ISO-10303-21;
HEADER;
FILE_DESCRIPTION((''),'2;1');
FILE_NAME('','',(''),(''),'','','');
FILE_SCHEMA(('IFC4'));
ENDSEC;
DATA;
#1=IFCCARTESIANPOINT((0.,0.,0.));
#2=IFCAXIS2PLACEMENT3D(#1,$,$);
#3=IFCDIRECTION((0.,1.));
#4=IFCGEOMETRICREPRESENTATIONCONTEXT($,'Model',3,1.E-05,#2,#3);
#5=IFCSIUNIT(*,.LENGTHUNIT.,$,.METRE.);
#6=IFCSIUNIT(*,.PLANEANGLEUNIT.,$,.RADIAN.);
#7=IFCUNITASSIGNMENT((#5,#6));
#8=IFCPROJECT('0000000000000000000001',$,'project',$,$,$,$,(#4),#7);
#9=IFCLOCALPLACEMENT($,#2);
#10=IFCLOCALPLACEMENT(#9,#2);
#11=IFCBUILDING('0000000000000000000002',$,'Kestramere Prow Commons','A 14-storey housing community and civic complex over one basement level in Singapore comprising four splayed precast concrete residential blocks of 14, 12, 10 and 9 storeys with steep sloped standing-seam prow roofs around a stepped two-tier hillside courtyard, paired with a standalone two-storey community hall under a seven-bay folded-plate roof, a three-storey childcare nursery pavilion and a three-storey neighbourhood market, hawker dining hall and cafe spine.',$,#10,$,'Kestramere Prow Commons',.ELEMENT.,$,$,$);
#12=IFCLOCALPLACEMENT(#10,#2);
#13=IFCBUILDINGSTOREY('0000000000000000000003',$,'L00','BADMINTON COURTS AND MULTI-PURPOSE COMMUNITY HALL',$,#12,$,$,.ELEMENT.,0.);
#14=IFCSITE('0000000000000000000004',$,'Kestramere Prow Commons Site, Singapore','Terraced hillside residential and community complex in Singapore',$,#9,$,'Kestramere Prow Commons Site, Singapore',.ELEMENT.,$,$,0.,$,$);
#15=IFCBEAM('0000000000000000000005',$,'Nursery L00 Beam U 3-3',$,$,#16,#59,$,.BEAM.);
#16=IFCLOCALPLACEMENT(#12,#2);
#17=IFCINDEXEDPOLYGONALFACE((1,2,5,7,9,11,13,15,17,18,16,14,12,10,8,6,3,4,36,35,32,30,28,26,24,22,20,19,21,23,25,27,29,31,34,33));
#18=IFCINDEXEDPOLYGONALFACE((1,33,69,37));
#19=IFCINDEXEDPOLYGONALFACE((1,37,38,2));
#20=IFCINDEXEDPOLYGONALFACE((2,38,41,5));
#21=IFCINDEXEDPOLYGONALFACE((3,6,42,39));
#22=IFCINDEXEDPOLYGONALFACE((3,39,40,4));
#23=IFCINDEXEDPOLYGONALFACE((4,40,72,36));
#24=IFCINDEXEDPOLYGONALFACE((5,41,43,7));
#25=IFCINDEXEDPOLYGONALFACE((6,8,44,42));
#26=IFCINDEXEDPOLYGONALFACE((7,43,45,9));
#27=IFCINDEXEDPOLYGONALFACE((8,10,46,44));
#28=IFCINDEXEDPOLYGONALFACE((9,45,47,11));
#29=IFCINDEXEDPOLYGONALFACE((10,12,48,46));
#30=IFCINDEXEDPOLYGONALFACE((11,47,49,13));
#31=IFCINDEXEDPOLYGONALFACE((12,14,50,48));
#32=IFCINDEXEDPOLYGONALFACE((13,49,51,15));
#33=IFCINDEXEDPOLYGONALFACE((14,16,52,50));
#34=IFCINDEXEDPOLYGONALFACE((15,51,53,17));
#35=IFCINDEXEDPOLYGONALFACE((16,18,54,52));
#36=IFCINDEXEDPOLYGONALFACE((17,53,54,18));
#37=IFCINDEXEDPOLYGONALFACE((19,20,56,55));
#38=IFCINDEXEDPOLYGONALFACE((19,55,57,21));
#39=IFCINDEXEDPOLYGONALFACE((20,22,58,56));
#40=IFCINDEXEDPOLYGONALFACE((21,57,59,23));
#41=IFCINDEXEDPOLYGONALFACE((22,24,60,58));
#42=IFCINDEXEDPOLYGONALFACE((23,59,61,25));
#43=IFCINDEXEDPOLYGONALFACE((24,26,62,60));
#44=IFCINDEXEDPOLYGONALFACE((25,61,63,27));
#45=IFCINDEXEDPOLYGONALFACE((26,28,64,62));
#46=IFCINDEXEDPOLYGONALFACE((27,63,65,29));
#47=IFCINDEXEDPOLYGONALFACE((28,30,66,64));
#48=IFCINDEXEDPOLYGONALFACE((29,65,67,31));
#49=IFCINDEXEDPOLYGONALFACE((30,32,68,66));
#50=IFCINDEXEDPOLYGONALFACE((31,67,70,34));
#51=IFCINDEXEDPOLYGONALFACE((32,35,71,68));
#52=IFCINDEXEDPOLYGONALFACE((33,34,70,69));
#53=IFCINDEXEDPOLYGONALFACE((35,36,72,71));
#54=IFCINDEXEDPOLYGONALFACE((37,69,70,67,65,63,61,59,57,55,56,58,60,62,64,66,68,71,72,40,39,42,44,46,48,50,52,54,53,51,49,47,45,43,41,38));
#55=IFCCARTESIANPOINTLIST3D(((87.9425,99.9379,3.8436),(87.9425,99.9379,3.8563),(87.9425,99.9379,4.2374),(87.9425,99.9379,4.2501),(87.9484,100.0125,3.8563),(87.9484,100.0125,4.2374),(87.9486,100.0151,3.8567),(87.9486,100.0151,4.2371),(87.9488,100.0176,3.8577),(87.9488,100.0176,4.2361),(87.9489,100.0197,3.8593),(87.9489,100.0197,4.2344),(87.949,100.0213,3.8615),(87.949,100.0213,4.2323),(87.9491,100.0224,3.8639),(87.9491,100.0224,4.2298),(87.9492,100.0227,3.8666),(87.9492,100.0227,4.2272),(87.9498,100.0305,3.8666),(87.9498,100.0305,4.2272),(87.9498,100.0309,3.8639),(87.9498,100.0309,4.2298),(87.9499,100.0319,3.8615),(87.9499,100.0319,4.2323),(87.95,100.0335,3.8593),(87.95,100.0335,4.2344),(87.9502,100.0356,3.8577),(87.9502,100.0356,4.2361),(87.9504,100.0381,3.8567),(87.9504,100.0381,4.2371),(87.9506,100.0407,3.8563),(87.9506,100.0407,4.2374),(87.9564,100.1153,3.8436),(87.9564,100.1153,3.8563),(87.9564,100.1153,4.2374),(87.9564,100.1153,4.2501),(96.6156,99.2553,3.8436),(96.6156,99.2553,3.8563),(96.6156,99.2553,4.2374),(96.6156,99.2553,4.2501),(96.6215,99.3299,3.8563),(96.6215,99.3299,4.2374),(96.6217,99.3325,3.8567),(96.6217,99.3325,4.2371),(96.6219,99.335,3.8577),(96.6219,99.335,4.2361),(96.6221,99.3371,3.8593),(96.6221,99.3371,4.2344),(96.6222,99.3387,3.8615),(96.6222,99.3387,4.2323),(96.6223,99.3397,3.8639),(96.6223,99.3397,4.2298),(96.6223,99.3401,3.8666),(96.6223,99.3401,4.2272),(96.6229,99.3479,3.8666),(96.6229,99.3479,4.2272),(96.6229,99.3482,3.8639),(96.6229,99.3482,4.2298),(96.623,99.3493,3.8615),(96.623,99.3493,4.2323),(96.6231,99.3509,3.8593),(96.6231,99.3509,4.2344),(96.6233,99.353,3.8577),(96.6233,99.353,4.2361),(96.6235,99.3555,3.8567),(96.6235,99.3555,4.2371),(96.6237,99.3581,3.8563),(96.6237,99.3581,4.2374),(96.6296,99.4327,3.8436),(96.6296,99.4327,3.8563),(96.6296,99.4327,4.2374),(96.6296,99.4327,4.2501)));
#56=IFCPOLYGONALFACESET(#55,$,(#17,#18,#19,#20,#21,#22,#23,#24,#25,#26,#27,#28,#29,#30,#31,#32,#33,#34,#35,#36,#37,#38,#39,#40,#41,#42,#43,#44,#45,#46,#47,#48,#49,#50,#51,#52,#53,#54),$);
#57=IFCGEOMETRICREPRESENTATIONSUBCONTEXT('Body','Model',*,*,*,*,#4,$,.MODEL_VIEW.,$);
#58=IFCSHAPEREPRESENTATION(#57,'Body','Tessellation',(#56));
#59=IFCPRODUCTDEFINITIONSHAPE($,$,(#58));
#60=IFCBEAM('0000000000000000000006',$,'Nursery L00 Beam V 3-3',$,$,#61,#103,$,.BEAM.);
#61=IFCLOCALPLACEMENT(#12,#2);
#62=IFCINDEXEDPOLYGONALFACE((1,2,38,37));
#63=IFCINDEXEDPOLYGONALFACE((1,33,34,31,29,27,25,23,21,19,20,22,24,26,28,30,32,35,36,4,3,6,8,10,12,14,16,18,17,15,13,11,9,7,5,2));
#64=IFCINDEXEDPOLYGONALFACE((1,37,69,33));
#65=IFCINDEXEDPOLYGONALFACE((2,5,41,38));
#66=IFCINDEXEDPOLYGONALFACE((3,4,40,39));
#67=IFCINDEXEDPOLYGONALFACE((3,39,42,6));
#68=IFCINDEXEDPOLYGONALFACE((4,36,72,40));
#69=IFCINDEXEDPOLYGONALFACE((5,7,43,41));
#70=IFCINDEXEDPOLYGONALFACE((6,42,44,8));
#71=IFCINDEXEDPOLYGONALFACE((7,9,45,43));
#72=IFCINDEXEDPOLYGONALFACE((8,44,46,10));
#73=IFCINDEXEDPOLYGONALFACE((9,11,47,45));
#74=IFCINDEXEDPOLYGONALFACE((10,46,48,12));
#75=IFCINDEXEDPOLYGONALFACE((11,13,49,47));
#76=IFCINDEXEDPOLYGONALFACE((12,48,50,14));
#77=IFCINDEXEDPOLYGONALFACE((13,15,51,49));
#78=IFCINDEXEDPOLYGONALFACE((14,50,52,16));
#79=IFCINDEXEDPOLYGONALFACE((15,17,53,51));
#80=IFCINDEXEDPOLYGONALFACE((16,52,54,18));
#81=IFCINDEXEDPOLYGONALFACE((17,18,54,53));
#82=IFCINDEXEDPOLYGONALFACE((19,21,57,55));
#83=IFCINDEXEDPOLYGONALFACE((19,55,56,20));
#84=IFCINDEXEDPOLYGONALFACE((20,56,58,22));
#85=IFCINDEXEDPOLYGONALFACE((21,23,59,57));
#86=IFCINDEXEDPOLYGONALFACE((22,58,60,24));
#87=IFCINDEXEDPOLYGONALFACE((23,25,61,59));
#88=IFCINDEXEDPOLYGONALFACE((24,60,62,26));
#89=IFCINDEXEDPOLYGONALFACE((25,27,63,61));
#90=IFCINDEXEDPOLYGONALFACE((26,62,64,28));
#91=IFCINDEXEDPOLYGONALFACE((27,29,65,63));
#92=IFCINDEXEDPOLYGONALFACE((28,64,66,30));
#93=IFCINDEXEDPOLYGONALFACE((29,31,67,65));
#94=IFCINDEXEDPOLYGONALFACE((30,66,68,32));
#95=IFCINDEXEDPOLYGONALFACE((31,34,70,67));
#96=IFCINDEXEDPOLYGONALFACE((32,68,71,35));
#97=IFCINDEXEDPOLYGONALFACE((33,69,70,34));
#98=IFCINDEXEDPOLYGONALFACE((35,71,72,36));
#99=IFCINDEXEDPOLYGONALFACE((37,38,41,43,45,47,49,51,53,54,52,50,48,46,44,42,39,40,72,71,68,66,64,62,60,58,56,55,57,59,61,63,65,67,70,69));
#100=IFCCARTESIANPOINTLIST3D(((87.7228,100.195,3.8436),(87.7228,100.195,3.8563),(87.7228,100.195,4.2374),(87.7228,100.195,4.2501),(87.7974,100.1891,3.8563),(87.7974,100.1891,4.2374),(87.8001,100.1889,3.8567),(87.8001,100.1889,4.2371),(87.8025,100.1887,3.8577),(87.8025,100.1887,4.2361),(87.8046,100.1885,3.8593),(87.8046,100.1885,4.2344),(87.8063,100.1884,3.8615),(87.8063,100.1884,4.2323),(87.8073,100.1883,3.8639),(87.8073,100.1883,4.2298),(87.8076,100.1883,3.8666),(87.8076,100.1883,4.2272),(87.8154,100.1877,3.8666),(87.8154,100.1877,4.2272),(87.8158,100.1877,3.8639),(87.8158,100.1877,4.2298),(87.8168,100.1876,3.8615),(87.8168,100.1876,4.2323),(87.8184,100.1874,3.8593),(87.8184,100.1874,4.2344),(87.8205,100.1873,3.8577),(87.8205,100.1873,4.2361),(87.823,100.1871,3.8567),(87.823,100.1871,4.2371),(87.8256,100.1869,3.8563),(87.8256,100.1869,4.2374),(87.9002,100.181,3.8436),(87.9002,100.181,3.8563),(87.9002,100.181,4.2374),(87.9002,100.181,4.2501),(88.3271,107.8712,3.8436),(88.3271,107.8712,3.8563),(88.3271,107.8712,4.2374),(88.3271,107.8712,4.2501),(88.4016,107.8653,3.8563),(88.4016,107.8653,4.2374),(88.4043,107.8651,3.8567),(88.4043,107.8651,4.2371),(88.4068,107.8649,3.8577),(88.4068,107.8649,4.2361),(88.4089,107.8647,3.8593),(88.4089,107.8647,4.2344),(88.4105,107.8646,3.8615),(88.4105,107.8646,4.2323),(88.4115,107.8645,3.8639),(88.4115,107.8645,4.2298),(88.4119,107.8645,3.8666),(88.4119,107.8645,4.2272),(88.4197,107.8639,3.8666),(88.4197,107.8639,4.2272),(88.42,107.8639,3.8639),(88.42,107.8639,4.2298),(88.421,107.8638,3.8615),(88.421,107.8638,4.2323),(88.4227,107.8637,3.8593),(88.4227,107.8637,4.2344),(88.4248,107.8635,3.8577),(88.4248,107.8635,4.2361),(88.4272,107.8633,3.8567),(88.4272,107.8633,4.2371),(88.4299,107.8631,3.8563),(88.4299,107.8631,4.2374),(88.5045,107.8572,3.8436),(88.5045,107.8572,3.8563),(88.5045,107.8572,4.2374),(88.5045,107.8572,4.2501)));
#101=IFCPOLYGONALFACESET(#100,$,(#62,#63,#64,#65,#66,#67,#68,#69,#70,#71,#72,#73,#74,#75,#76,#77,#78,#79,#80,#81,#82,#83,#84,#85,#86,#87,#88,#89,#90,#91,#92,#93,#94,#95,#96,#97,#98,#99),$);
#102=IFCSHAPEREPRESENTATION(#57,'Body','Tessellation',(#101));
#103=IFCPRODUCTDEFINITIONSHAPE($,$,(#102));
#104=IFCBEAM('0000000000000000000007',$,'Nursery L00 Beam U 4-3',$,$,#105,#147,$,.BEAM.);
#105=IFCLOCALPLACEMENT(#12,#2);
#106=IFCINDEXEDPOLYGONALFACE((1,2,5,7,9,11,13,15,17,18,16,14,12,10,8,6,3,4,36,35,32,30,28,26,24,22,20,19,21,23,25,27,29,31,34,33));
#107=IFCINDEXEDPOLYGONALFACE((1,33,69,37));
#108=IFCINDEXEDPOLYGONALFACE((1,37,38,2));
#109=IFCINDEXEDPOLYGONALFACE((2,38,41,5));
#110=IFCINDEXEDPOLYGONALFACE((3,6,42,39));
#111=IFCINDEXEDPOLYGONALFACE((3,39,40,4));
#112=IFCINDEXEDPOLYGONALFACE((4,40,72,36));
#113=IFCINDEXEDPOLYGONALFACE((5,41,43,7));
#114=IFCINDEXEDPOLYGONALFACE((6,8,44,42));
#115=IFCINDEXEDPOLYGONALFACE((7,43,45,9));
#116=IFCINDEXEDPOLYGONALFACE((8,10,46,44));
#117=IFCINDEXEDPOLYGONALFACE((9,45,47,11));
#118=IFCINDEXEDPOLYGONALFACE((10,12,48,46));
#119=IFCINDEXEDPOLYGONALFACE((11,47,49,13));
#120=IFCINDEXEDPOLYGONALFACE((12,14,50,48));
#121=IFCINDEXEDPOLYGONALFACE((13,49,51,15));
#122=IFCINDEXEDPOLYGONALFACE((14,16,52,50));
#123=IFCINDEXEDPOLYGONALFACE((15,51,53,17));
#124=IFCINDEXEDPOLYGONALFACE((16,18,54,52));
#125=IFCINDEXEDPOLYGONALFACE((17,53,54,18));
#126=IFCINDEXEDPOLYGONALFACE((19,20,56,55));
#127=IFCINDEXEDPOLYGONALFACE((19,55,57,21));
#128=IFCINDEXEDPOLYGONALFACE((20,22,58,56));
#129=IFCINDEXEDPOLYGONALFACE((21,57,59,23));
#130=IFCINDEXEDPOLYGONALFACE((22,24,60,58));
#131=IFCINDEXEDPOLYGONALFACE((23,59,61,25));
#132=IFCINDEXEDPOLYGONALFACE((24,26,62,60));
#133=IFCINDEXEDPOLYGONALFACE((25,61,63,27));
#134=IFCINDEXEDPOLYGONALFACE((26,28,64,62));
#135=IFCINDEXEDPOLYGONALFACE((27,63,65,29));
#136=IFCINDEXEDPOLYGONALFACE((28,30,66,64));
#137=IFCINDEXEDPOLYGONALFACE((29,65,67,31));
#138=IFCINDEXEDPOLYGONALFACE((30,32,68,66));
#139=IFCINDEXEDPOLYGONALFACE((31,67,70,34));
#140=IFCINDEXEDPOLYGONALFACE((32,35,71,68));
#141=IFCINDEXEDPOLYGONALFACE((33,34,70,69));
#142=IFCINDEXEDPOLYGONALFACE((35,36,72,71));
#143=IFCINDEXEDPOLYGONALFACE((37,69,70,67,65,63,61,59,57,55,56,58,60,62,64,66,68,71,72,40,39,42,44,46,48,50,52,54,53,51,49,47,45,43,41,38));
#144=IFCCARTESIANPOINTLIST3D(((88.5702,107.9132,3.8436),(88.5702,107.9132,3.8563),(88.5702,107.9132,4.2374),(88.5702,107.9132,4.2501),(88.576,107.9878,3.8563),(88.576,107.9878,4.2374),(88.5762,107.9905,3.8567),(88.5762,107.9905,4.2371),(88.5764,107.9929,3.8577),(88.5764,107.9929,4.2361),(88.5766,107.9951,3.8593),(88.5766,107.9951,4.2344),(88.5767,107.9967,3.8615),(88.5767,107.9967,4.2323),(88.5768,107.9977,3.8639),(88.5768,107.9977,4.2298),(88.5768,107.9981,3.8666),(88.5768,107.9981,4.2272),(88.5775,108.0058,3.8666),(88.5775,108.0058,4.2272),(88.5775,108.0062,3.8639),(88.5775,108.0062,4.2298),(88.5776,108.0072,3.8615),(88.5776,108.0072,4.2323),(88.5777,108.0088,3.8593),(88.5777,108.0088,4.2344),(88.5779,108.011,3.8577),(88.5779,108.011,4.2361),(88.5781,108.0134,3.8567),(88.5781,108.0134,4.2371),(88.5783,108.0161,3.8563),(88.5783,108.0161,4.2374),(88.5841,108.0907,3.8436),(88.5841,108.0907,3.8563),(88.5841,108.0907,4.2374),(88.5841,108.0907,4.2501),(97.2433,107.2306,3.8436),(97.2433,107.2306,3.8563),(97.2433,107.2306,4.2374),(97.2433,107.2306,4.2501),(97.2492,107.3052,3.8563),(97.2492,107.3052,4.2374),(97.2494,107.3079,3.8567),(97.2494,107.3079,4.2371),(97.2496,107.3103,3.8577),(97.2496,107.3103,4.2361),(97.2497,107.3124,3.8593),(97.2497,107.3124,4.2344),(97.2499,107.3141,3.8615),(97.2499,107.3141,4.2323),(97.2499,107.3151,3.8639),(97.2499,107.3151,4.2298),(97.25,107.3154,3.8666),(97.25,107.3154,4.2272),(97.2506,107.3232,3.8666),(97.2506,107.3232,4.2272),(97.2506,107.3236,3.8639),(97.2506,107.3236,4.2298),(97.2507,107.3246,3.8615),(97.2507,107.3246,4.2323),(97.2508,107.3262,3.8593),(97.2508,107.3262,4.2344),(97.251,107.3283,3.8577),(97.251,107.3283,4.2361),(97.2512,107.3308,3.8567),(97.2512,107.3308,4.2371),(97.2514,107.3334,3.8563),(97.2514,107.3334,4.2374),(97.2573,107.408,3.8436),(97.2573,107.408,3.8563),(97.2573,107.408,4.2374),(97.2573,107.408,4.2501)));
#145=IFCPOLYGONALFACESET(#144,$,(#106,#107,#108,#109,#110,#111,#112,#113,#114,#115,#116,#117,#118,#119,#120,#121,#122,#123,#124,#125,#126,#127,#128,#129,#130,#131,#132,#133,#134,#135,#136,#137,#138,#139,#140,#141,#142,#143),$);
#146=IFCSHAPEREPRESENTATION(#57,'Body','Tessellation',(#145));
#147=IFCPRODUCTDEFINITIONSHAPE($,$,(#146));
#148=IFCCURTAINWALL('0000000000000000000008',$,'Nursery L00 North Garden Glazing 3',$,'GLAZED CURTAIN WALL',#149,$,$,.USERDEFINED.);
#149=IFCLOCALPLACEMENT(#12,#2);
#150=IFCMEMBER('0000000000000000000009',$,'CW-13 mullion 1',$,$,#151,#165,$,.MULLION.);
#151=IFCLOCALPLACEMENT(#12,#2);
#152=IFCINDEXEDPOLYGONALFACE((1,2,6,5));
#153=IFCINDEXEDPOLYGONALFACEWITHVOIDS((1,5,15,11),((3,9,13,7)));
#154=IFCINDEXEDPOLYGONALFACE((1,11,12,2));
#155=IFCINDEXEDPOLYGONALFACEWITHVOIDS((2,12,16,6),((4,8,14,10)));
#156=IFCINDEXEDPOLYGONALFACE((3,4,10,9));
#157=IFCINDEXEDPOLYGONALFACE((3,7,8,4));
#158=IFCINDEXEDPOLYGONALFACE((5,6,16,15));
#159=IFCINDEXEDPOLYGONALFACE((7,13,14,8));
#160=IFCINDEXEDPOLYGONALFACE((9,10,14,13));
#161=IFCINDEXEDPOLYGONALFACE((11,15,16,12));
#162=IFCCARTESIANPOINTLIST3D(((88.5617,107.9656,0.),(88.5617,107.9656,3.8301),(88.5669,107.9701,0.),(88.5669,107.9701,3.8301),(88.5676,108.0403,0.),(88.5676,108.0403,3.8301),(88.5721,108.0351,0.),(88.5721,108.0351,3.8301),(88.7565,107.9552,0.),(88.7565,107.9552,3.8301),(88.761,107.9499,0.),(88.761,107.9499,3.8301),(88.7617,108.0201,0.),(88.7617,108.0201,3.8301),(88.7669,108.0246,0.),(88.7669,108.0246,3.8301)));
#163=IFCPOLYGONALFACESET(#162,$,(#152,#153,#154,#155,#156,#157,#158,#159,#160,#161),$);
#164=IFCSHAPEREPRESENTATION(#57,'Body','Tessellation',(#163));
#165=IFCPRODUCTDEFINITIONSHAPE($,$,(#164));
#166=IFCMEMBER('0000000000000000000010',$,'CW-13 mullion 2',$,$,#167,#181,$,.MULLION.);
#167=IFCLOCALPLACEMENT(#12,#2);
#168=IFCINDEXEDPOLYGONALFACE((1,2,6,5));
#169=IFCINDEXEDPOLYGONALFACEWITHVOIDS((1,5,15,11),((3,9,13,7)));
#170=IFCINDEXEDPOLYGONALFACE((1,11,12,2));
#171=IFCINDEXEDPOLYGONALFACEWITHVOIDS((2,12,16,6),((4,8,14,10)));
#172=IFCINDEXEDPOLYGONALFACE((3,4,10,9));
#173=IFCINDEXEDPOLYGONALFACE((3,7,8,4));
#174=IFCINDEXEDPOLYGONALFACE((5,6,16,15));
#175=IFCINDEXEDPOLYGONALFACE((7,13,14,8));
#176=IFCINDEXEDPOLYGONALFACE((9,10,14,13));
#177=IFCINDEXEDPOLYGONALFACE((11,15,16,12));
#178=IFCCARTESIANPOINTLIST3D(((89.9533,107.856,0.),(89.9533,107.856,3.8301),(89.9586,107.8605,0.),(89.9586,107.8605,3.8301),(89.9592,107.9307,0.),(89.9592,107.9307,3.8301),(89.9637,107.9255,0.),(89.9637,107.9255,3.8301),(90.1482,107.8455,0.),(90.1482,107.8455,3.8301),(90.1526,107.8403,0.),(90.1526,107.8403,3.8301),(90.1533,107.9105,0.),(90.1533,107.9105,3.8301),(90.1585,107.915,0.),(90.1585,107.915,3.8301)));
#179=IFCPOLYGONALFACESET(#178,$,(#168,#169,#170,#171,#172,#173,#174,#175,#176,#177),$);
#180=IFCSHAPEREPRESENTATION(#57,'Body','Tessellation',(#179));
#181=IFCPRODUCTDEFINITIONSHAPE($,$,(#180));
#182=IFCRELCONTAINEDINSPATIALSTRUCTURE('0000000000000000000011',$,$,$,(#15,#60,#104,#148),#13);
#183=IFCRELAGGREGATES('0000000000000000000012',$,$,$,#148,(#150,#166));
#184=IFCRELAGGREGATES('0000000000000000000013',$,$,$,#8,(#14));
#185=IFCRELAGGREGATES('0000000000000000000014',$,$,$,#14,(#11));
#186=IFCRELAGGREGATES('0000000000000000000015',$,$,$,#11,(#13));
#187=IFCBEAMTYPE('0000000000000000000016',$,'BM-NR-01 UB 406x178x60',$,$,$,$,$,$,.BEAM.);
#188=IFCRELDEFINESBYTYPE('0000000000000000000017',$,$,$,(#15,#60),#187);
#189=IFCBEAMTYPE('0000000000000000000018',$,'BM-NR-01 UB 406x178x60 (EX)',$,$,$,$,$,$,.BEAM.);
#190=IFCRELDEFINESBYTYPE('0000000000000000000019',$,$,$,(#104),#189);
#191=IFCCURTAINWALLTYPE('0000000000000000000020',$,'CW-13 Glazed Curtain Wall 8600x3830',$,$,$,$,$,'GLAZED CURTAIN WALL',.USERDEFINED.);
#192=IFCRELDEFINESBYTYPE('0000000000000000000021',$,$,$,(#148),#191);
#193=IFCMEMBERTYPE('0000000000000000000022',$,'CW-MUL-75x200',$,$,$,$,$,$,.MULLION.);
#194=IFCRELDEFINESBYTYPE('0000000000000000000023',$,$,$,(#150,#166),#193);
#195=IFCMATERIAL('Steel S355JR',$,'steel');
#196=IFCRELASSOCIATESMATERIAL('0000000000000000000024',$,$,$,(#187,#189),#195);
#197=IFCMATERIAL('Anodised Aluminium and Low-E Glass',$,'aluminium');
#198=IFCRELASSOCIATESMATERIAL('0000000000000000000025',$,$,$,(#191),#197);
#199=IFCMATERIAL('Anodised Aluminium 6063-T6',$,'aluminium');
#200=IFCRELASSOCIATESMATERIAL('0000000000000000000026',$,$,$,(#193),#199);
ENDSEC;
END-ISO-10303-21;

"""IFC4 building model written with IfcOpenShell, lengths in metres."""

from ifc_helpers import new_model, si_unit, direction, frame, origin, origin_2d, place, context, subcontext, project, spatial, hollow_rectangle, i_section, extrude, material, material_profile, profile_set, type_object, element, aggregate, save


model = new_model("IFC4")

# Units and contexts
model_context = context("Model", 3, precision=1e-05, world=origin(), true_north=direction((0.0, 1.0)))
body_context = subcontext(model_context, "Body", "Model", "MODEL_VIEW")
ifc_project = project(units=[si_unit("LENGTHUNIT", "METRE"), si_unit("PLANEANGLEUNIT", "RADIAN")], contexts=[model_context])

# Site, building, storey
site_placement = place(None, origin())
site = spatial("IfcSite", under=ifc_project, at=site_placement, Name="Kestramere Prow Commons Site, Singapore", Description="Terraced hillside residential and community complex in Singapore", LongName="Kestramere Prow Commons Site, Singapore", CompositionType="ELEMENT", RefElevation=0.0)
building_placement = place(site_placement, origin())
building = spatial("IfcBuilding", under=site, at=building_placement, Name="Kestramere Prow Commons", Description="A 14-storey housing community and civic complex over one basement level in Singapore comprising four splayed precast concrete residential blocks of 14, 12, 10 and 9 storeys with steep sloped standing-seam prow roofs around a stepped two-tier hillside courtyard, paired with a standalone two-storey community hall under a seven-bay folded-plate roof, a three-storey childcare nursery pavilion and a three-storey neighbourhood market, hawker dining hall and cafe spine.", LongName="Kestramere Prow Commons", CompositionType="ELEMENT")
storey_placement = place(building_placement, origin())
storey = spatial("IfcBuildingStorey", under=building, at=storey_placement, Name="L00", Description="BADMINTON COURTS AND MULTI-PURPOSE COMMUNITY HALL", CompositionType="ELEMENT", Elevation=0.0)

# Shared definitions
ifc_material_1 = material(Name="Steel S355JR", Category="steel")

# Beams
ifc_material_profile_1 = material_profile(ifc_material_1, i_section(OverallWidth=0.178, OverallDepth=0.4065, WebThickness=0.0078, FlangeThickness=0.0127, FilletRadius=0.0103, at=origin_2d()), Name="UB 406x178x60")
ifc_profile_set_1 = profile_set([ifc_material_profile_1], Name="Steel S355JR")
beam_type_1 = type_object("IfcBeamType", Name="BM-NR-01 UB 406x178x60", PredefinedType="BEAM", material=ifc_profile_set_1)
beam_1_placement = place(storey_placement, frame((87.9495, 100.0266, 4.0469), z_axis=(0.996917, -0.078462, 0.0), x_axis=(0.078462, 0.996917, 0.0)))
element("IfcBeam", 1, at=beam_1_placement, inside=storey, type_object=beam_type_1, Name="Nursery L00 Beam U 3-3", PredefinedType="BEAM", context=body_context, shape_type="SweptSolid", body=[
    extrude(i_section(OverallWidth=0.178, OverallDepth=0.4065, WebThickness=0.0078, FlangeThickness=0.0127, FilletRadius=0.0103, at=origin_2d()), origin(), (0.0, 0.0, 1.0), 8.7),
])
beam_2_placement = place(storey_placement, frame((87.8115, 100.188, 4.0469), z_axis=(0.078474, 0.996916, 0.0), x_axis=(-0.996916, 0.078474, 0.0)))
element("IfcBeam", 2, at=beam_2_placement, inside=storey, type_object=beam_type_1, Name="Nursery L00 Beam V 3-3", PredefinedType="BEAM", context=body_context, shape_type="SweptSolid", body=[
    extrude(i_section(OverallWidth=0.178, OverallDepth=0.4065, WebThickness=0.0078, FlangeThickness=0.0127, FilletRadius=0.0103, at=origin_2d()), origin(), (0.0, 0.0, 1.0), 7.7),
])
ifc_material_profile_2 = material_profile(ifc_material_1, i_section(OverallWidth=0.178, OverallDepth=0.4065, WebThickness=0.0078, FlangeThickness=0.0127, FilletRadius=0.0103, at=origin_2d()), Name="UB 406x178x60")
ifc_profile_set_2 = profile_set([ifc_material_profile_2], Name="Steel S355JR")
beam_type_2 = type_object("IfcBeamType", Name="BM-NR-01 UB 406x178x60 (EX)", PredefinedType="BEAM", material=ifc_profile_set_2)
beam_3_placement = place(storey_placement, frame((88.5771, 108.002, 4.0469), z_axis=(0.996917, -0.078462, 0.0), x_axis=(0.078462, 0.996917, 0.0)))
element("IfcBeam", 3, at=beam_3_placement, inside=storey, type_object=beam_type_2, Name="Nursery L00 Beam U 4-3", PredefinedType="BEAM", context=body_context, shape_type="SweptSolid", body=[
    extrude(i_section(OverallWidth=0.178, OverallDepth=0.4065, WebThickness=0.0078, FlangeThickness=0.0127, FilletRadius=0.0103, at=origin_2d()), origin(), (0.0, 0.0, 1.0), 8.7),
])

# Curtain wall, members
ifc_material_2 = material(Name="Anodised Aluminium and Low-E Glass", Category="aluminium")
curtain_wall_type = type_object("IfcCurtainWallType", Name="CW-13 Glazed Curtain Wall 8600x3830", ElementType="GLAZED CURTAIN WALL", PredefinedType="USERDEFINED", material=ifc_material_2)
curtain_wall_placement = place(storey_placement, origin())
curtain_wall = element("IfcCurtainWall", 4, at=curtain_wall_placement, inside=storey, type_object=curtain_wall_type, Name="Nursery L00 North Garden Glazing 3", ObjectType="GLAZED CURTAIN WALL", PredefinedType="USERDEFINED")
ifc_material_3 = material(Name="Anodised Aluminium 6063-T6", Category="aluminium")
ifc_material_profile_3 = material_profile(ifc_material_3, hollow_rectangle(XDim=0.075, YDim=0.2, WallThickness=0.0049, at=origin_2d()), Name="ALU-MUL 75x200")
ifc_profile_set_3 = profile_set([ifc_material_profile_3], Name="Anodised Aluminium 6063-T6")
member_type_1 = type_object("IfcMemberType", Name="CW-MUL-75x200", PredefinedType="MULLION", material=ifc_profile_set_3)
member_1_placement = place(storey_placement, frame((88.6643, 107.9951, 0.0), z_axis=(0.0, 0.0, 1.0), x_axis=(0.078459, 0.996917, 0.0)))
member_1 = element("IfcMember", 5, at=member_1_placement, type_object=member_type_1, Name="CW-13 mullion 1", PredefinedType="MULLION", context=body_context, shape_type="SweptSolid", body=[
    extrude(hollow_rectangle(XDim=0.075, YDim=0.2, WallThickness=0.0049, at=origin_2d()), origin(), (0.0, 0.0, 1.0), 3.8301),
])
member_2_placement = place(storey_placement, frame((90.0559, 107.8855, 0.0), z_axis=(0.0, 0.0, 1.0), x_axis=(0.078459, 0.996917, 0.0)))
member_2 = element("IfcMember", 6, at=member_2_placement, type_object=member_type_1, Name="CW-13 mullion 2", PredefinedType="MULLION", context=body_context, shape_type="SweptSolid", body=[
    extrude(hollow_rectangle(XDim=0.075, YDim=0.2, WallThickness=0.0049, at=origin_2d()), origin(), (0.0, 0.0, 1.0), 3.8301),
])

aggregate(curtain_wall, [member_1, member_2])

save(model, "model.ifc")
